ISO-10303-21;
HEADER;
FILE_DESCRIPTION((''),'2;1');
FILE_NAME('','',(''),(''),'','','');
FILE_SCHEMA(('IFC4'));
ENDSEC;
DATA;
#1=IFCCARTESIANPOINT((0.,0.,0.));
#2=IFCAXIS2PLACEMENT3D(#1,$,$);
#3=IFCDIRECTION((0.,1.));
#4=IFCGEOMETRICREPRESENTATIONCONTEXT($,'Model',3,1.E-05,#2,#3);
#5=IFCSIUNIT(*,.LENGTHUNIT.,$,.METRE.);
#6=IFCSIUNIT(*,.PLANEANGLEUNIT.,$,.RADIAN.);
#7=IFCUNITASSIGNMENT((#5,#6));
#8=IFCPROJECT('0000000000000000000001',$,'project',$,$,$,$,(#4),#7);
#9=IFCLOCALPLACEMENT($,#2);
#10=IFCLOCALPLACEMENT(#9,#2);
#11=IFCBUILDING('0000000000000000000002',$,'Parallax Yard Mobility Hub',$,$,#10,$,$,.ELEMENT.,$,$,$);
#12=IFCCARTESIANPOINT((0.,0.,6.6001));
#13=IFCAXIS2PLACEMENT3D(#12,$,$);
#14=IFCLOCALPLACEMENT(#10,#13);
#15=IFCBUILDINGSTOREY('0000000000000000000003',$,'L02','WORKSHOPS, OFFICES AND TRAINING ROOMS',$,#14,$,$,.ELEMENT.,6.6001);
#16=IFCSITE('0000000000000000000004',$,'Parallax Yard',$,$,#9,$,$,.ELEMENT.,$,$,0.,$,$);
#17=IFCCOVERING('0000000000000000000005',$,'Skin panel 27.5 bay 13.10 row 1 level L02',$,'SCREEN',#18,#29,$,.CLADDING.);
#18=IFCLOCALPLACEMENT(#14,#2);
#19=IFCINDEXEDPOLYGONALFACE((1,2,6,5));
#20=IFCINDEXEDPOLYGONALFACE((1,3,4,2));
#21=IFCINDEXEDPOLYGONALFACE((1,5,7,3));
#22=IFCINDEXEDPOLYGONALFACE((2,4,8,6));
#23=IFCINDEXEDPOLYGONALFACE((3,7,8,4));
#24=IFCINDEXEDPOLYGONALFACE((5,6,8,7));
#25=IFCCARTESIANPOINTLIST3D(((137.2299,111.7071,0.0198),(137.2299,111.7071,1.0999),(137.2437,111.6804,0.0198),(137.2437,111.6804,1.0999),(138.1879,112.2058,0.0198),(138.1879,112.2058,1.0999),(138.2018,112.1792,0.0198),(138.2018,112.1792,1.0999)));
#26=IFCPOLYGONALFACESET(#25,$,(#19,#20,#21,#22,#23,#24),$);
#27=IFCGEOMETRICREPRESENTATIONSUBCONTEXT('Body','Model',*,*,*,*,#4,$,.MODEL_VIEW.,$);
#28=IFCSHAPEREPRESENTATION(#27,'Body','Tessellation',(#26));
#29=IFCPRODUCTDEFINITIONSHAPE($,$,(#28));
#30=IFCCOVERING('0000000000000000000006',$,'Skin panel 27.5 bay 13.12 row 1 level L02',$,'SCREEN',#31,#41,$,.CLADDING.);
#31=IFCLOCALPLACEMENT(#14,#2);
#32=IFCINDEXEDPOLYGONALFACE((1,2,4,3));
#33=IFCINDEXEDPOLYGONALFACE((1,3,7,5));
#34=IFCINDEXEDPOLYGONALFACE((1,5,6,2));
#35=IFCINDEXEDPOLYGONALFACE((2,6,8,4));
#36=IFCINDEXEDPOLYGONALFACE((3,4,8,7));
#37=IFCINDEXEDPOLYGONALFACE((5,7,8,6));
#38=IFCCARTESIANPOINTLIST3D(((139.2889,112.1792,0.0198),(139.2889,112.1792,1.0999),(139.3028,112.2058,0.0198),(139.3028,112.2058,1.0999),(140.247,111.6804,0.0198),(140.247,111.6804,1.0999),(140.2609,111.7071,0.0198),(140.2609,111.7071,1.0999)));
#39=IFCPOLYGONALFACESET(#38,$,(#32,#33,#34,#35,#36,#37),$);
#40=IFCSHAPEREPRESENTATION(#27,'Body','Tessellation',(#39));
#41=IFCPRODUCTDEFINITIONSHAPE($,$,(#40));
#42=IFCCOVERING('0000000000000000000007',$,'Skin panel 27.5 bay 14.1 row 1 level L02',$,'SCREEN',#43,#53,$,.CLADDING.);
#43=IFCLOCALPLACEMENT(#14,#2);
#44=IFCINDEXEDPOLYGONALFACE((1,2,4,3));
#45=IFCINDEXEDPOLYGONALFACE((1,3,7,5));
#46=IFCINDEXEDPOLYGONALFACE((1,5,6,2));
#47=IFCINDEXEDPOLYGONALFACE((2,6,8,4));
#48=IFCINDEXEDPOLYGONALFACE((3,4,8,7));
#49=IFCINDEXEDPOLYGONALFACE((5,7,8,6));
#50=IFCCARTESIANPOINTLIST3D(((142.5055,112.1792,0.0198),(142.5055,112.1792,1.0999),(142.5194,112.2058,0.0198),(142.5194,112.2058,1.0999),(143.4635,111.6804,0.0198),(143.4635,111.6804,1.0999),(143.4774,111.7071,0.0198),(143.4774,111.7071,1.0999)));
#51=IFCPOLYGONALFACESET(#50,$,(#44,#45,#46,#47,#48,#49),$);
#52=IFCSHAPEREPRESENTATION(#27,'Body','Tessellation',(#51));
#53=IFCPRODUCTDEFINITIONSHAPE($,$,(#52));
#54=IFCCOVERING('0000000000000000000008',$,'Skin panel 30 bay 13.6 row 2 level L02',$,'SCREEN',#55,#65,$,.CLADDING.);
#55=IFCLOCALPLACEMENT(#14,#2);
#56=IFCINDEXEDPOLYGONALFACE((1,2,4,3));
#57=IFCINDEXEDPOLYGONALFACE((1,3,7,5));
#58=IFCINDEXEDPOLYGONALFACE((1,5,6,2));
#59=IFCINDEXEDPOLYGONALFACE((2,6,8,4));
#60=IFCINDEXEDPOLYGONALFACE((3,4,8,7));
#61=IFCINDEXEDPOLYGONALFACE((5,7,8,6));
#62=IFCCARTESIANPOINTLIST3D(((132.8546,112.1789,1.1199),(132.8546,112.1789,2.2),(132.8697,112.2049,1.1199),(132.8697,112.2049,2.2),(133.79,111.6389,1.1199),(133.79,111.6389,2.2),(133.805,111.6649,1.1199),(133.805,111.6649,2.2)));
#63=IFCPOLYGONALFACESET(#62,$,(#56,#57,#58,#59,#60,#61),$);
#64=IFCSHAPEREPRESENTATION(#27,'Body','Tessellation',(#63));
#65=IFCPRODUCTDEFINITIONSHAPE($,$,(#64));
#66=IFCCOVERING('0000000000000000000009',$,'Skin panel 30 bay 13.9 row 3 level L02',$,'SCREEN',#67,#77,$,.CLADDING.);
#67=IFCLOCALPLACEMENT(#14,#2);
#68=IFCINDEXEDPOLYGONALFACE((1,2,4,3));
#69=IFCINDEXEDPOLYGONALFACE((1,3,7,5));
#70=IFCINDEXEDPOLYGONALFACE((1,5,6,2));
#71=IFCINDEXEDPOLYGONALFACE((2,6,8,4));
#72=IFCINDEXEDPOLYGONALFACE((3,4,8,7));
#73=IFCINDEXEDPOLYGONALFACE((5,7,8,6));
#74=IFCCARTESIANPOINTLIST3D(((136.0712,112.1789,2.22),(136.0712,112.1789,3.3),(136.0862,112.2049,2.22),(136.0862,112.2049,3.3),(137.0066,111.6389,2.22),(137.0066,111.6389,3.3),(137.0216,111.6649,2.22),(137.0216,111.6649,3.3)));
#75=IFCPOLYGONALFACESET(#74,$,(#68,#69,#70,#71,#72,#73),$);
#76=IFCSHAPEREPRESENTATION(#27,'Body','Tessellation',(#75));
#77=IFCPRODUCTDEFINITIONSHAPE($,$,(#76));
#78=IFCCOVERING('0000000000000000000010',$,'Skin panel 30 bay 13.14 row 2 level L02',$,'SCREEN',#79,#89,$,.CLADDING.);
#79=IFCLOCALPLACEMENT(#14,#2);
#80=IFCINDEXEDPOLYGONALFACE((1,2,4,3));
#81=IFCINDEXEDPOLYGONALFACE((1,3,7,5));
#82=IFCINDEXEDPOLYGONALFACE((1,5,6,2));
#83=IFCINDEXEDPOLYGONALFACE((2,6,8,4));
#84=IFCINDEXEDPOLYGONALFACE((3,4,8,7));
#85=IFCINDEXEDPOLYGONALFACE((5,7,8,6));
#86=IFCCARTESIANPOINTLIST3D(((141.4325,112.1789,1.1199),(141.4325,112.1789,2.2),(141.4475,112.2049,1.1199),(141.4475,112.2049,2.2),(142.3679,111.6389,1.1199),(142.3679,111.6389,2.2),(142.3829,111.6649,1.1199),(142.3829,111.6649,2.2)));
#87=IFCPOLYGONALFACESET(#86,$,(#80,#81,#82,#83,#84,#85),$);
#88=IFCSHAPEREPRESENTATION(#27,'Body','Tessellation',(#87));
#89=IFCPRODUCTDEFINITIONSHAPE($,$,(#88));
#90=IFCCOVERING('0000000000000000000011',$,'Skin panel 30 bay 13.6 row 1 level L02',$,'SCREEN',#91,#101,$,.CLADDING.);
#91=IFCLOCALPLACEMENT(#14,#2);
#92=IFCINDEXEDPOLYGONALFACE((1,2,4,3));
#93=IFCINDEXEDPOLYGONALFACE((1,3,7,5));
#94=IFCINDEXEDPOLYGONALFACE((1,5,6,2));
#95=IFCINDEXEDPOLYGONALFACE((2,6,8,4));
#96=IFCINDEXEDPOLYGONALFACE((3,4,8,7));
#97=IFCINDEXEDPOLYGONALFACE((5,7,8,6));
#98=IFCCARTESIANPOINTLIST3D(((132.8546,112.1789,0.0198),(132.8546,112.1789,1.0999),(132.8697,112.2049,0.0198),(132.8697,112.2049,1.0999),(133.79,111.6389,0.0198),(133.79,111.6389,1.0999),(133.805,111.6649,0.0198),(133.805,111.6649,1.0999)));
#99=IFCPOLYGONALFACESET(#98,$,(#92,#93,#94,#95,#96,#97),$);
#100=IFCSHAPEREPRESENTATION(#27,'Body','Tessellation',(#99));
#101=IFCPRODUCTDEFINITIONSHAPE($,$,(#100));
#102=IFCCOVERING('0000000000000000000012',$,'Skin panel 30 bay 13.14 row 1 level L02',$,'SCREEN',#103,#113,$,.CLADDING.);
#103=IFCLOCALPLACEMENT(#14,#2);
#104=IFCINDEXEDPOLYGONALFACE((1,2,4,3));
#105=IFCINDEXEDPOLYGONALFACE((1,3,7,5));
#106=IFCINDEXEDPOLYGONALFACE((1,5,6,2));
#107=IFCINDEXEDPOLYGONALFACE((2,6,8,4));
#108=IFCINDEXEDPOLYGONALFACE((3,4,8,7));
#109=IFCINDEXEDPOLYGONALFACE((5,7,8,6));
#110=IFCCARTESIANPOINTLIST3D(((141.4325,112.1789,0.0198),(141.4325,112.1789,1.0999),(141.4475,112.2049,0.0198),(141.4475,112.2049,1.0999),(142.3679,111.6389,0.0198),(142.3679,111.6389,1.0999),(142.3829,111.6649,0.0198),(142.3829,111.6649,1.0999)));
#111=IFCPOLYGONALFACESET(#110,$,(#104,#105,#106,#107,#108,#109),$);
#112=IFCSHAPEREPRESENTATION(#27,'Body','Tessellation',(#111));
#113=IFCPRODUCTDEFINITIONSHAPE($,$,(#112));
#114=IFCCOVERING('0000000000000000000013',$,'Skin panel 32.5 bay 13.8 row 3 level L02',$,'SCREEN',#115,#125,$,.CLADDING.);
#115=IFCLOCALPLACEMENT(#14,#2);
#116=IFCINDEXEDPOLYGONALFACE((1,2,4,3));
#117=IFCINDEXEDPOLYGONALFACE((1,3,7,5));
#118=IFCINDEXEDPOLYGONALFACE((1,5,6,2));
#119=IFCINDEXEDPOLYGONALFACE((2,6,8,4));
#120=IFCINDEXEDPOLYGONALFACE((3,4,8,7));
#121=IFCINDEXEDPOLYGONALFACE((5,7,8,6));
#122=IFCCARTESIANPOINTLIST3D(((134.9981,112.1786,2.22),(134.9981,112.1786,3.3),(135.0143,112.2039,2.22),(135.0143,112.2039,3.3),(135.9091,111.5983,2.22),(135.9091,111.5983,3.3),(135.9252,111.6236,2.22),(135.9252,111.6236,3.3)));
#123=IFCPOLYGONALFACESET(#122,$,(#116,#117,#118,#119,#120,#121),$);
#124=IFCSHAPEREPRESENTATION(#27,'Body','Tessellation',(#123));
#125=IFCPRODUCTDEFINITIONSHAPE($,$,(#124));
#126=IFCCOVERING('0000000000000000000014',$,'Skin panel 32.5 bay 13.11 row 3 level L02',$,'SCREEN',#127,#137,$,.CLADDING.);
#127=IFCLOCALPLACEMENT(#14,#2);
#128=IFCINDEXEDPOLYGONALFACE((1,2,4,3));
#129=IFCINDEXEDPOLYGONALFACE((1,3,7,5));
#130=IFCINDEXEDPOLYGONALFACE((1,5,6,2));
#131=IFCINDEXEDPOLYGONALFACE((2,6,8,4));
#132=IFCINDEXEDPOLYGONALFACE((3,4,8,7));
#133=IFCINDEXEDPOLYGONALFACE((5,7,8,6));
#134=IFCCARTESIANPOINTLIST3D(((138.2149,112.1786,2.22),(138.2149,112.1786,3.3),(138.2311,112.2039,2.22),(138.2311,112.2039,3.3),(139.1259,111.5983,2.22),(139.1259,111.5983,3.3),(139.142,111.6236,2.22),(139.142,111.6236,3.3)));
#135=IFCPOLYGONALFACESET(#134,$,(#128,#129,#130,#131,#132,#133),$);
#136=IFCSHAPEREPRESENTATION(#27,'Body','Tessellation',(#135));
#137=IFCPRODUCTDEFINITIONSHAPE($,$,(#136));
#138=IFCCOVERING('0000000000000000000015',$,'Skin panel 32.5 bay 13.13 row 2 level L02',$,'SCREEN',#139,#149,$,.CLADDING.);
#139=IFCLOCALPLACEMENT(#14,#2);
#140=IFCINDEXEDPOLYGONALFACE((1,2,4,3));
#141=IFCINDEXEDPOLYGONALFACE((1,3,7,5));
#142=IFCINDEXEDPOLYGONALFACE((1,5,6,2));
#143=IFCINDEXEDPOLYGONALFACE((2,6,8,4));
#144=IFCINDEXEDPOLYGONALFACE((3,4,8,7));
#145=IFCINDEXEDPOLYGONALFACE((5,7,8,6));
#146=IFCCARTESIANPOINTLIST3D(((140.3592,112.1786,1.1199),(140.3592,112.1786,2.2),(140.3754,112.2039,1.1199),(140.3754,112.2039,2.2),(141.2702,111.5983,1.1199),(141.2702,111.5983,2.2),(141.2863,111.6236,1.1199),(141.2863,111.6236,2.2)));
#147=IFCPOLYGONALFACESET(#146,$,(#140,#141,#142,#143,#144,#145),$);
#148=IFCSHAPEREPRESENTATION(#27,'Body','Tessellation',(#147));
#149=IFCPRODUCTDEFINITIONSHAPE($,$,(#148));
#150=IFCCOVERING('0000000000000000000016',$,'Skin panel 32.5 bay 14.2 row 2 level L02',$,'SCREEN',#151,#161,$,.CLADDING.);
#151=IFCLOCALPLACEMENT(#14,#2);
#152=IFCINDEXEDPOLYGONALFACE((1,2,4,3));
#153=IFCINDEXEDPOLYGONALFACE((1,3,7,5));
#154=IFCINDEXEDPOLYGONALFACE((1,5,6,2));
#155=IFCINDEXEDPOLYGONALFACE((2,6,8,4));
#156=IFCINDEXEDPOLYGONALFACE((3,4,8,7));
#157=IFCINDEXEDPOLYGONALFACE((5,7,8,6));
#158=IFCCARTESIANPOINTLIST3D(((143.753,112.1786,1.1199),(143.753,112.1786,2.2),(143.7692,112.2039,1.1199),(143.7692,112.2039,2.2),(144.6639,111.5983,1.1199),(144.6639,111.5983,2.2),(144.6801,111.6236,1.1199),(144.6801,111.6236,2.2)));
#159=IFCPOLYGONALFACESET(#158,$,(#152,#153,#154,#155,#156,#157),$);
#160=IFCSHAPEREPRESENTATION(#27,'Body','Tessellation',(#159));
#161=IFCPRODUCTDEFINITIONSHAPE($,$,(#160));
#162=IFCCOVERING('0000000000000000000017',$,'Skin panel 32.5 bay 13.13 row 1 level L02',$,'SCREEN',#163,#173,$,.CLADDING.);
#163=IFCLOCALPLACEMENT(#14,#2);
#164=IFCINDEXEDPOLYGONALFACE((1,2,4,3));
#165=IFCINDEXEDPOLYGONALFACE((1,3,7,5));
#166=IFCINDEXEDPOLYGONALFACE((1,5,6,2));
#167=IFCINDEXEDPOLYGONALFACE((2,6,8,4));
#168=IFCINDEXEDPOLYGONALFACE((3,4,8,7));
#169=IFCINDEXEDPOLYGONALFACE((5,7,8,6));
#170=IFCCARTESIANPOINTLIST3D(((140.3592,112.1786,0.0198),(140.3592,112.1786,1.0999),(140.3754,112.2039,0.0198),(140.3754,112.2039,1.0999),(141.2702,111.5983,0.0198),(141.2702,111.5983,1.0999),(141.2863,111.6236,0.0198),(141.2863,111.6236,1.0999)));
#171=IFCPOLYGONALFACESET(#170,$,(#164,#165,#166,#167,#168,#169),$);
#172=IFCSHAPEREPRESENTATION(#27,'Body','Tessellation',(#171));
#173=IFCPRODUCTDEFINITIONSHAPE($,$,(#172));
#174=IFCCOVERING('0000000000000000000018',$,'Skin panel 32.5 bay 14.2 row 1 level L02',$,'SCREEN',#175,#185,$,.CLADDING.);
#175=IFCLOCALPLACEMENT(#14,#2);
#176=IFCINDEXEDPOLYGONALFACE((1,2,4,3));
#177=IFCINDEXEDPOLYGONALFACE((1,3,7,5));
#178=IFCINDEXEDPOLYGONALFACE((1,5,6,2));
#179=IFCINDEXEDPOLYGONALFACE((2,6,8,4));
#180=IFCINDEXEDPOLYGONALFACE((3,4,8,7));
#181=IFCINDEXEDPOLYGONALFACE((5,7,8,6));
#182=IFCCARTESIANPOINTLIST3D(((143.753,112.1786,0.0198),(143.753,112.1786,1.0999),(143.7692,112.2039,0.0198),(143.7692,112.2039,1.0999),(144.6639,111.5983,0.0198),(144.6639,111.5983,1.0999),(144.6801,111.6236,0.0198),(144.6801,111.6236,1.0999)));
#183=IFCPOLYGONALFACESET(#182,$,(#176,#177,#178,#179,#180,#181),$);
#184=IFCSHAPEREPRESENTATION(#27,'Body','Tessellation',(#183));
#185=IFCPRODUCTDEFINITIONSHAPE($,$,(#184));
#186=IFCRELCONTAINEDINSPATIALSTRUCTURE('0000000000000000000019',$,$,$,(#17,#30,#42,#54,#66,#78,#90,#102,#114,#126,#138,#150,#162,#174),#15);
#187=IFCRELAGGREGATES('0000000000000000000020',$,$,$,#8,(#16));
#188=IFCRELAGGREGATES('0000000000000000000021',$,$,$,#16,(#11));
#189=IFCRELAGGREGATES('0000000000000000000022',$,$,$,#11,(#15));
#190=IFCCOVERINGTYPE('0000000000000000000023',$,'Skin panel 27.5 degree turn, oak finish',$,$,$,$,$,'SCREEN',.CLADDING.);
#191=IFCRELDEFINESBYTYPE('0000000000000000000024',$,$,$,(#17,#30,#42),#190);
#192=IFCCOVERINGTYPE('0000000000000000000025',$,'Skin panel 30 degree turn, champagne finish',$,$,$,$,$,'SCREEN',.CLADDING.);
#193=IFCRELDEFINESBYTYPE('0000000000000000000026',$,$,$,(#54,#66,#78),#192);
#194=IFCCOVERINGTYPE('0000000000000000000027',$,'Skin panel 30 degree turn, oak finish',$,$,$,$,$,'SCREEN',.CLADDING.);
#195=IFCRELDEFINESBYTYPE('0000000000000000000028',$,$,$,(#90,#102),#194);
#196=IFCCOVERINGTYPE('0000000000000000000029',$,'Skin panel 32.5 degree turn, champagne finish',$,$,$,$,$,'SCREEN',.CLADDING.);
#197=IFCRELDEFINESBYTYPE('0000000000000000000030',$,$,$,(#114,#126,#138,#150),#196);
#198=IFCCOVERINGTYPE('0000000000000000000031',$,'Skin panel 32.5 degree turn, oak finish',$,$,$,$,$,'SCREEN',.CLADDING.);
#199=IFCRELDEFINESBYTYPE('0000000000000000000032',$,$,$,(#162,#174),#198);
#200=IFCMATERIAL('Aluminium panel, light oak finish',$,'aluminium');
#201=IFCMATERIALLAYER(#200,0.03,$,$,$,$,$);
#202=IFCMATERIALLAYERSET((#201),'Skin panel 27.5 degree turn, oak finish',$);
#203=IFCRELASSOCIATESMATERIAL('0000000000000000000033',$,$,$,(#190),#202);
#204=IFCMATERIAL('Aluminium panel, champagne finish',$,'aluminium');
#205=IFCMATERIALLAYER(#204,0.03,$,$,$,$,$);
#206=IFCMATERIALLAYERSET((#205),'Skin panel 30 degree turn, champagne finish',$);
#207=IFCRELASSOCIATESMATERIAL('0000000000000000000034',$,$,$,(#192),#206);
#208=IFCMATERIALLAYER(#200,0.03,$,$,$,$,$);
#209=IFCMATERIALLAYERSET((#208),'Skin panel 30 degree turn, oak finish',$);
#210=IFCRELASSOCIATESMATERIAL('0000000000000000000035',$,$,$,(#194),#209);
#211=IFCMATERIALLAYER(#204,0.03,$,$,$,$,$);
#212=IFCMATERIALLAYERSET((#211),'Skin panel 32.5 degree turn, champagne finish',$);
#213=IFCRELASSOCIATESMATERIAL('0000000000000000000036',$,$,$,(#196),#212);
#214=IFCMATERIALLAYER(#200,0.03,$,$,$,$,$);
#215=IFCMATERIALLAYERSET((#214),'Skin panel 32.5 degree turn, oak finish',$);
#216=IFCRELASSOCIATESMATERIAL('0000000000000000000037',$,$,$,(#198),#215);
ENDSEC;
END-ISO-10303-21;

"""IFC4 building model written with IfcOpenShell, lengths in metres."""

from ifc_helpers import new_model, si_unit, direction, frame, origin, origin_2d, place, context, subcontext, project, spatial, rectangle, extrude, material, layer, layer_set, type_object, element, save


model = new_model("IFC4")

# Units and contexts
model_context = context("Model", 3, precision=1e-05, world=origin(), true_north=direction((0.0, 1.0)))
body_context = subcontext(model_context, "Body", "Model", "MODEL_VIEW")
ifc_project = project(units=[si_unit("LENGTHUNIT", "METRE"), si_unit("PLANEANGLEUNIT", "RADIAN")], contexts=[model_context])

# Site, building, storey
site_placement = place(None, origin())
site = spatial("IfcSite", under=ifc_project, at=site_placement, Name="Parallax Yard", CompositionType="ELEMENT", RefElevation=0.0)
building_placement = place(site_placement, origin())
building = spatial("IfcBuilding", under=site, at=building_placement, Name="Parallax Yard Mobility Hub", CompositionType="ELEMENT")
storey_placement = place(building_placement, frame((0.0, 0.0, 6.6001)))
storey = spatial("IfcBuildingStorey", under=building, at=storey_placement, Name="L02", Description="WORKSHOPS, OFFICES AND TRAINING ROOMS", CompositionType="ELEMENT", Elevation=6.6001)

# Coverings
ifc_material_1 = material(Name="Aluminium panel, champagne finish", Category="aluminium")
ifc_material_2 = material(Name="Aluminium panel, light oak finish", Category="aluminium")
ifc_layer_1 = layer(ifc_material_2, 0.03)
ifc_layer_set_1 = layer_set([ifc_layer_1], Name="Skin panel 27.5 degree turn, oak finish")
covering_type_1 = type_object("IfcCoveringType", Name="Skin panel 27.5 degree turn, oak finish", ElementType="SCREEN", PredefinedType="CLADDING", material=ifc_layer_set_1)
for number, where, z_axis, x_axis, name in (
    (1, (137.7158, 111.9431, 0.0198), (0.0, 0.0, 1.0), (-0.887011, -0.461749, 0.0), "Skin panel 27.5 bay 13.10 row 1 level L02"),
    (2, (139.7749, 111.9431, 0.0198), (0.0, 0.0, 1.0), (0.887011, -0.461749, 0.0), "Skin panel 27.5 bay 13.12 row 1 level L02"),
    (3, (142.9915, 111.9431, 0.0198), (0.0, 0.0, 1.0), (0.887011, -0.461749, 0.0), "Skin panel 27.5 bay 14.1 row 1 level L02"),
):
    element("IfcCovering", number, at=place(storey_placement, frame(where, z_axis=z_axis, x_axis=x_axis)), inside=storey, type_object=covering_type_1, Name=name, ObjectType="SCREEN", PredefinedType="CLADDING", context=body_context, shape_type="SweptSolid", body=[
        extrude(rectangle(XDim=1.0801, YDim=0.03, at=origin_2d()), origin(), (0.0, 0.0, 1.0), 1.0801),
    ])
ifc_layer_2 = layer(ifc_material_1, 0.03)
ifc_layer_set_2 = layer_set([ifc_layer_2], Name="Skin panel 30 degree turn, champagne finish")
covering_type_2 = type_object("IfcCoveringType", Name="Skin panel 30 degree turn, champagne finish", ElementType="SCREEN", PredefinedType="CLADDING", material=ifc_layer_set_2)
for number, where, z_axis, x_axis, name in (
    (4, (133.3298, 111.9219, 1.1199), (0.0, 0.0, 1.0), (0.866025, -0.5, 0.0), "Skin panel 30 bay 13.6 row 2 level L02"),
    (5, (136.5464, 111.9219, 2.22), (0.0, 0.0, 1.0), (0.866025, -0.5, 0.0), "Skin panel 30 bay 13.9 row 3 level L02"),
    (6, (141.9077, 111.9219, 1.1199), (0.0, 0.0, 1.0), (0.866025, -0.5, 0.0), "Skin panel 30 bay 13.14 row 2 level L02"),
):
    element("IfcCovering", number, at=place(storey_placement, frame(where, z_axis=z_axis, x_axis=x_axis)), inside=storey, type_object=covering_type_2, Name=name, ObjectType="SCREEN", PredefinedType="CLADDING", context=body_context, shape_type="SweptSolid", body=[
        extrude(rectangle(XDim=1.0801, YDim=0.03, at=origin_2d()), origin(), (0.0, 0.0, 1.0), 1.0801),
    ])
ifc_layer_3 = layer(ifc_material_2, 0.03)
ifc_layer_set_3 = layer_set([ifc_layer_3], Name="Skin panel 30 degree turn, oak finish")
covering_type_3 = type_object("IfcCoveringType", Name="Skin panel 30 degree turn, oak finish", ElementType="SCREEN", PredefinedType="CLADDING", material=ifc_layer_set_3)
for number, where, z_axis, x_axis, name in (
    (7, (133.3298, 111.9219, 0.0198), (0.0, 0.0, 1.0), (0.866025, -0.5, 0.0), "Skin panel 30 bay 13.6 row 1 level L02"),
    (8, (141.9077, 111.9219, 0.0198), (0.0, 0.0, 1.0), (0.866025, -0.5, 0.0), "Skin panel 30 bay 13.14 row 1 level L02"),
):
    element("IfcCovering", number, at=place(storey_placement, frame(where, z_axis=z_axis, x_axis=x_axis)), inside=storey, type_object=covering_type_3, Name=name, ObjectType="SCREEN", PredefinedType="CLADDING", context=body_context, shape_type="SweptSolid", body=[
        extrude(rectangle(XDim=1.0801, YDim=0.03, at=origin_2d()), origin(), (0.0, 0.0, 1.0), 1.0801),
    ])
ifc_layer_4 = layer(ifc_material_1, 0.03)
ifc_layer_set_4 = layer_set([ifc_layer_4], Name="Skin panel 32.5 degree turn, champagne finish")
covering_type_4 = type_object("IfcCoveringType", Name="Skin panel 32.5 degree turn, champagne finish", ElementType="SCREEN", PredefinedType="CLADDING", material=ifc_layer_set_4)
for number, where, z_axis, x_axis, name in (
    (9, (135.4617, 111.9011, 2.22), (0.0, 0.0, 1.0), (0.843391, -0.5373, 0.0), "Skin panel 32.5 bay 13.8 row 3 level L02"),
    (10, (138.6785, 111.9011, 2.22), (0.0, 0.0, 1.0), (0.843391, -0.5373, 0.0), "Skin panel 32.5 bay 13.11 row 3 level L02"),
    (11, (140.8228, 111.9011, 1.1199), (0.0, 0.0, 1.0), (0.843391, -0.5373, 0.0), "Skin panel 32.5 bay 13.13 row 2 level L02"),
    (12, (144.2166, 111.9011, 1.1199), (0.0, 0.0, 1.0), (0.843391, -0.5373, 0.0), "Skin panel 32.5 bay 14.2 row 2 level L02"),
):
    element("IfcCovering", number, at=place(storey_placement, frame(where, z_axis=z_axis, x_axis=x_axis)), inside=storey, type_object=covering_type_4, Name=name, ObjectType="SCREEN", PredefinedType="CLADDING", context=body_context, shape_type="SweptSolid", body=[
        extrude(rectangle(XDim=1.0801, YDim=0.03, at=origin_2d()), origin(), (0.0, 0.0, 1.0), 1.0801),
    ])
ifc_layer_5 = layer(ifc_material_2, 0.03)
ifc_layer_set_5 = layer_set([ifc_layer_5], Name="Skin panel 32.5 degree turn, oak finish")
covering_type_5 = type_object("IfcCoveringType", Name="Skin panel 32.5 degree turn, oak finish", ElementType="SCREEN", PredefinedType="CLADDING", material=ifc_layer_set_5)
for number, where, z_axis, x_axis, name in (
    (13, (140.8228, 111.9011, 0.0198), (0.0, 0.0, 1.0), (0.843391, -0.5373, 0.0), "Skin panel 32.5 bay 13.13 row 1 level L02"),
    (14, (144.2166, 111.9011, 0.0198), (0.0, 0.0, 1.0), (0.843391, -0.5373, 0.0), "Skin panel 32.5 bay 14.2 row 1 level L02"),
):
    element("IfcCovering", number, at=place(storey_placement, frame(where, z_axis=z_axis, x_axis=x_axis)), inside=storey, type_object=covering_type_5, Name=name, ObjectType="SCREEN", PredefinedType="CLADDING", context=body_context, shape_type="SweptSolid", body=[
        extrude(rectangle(XDim=1.0801, YDim=0.03, at=origin_2d()), origin(), (0.0, 0.0, 1.0), 1.0801),
    ])

save(model, "model.ifc")
